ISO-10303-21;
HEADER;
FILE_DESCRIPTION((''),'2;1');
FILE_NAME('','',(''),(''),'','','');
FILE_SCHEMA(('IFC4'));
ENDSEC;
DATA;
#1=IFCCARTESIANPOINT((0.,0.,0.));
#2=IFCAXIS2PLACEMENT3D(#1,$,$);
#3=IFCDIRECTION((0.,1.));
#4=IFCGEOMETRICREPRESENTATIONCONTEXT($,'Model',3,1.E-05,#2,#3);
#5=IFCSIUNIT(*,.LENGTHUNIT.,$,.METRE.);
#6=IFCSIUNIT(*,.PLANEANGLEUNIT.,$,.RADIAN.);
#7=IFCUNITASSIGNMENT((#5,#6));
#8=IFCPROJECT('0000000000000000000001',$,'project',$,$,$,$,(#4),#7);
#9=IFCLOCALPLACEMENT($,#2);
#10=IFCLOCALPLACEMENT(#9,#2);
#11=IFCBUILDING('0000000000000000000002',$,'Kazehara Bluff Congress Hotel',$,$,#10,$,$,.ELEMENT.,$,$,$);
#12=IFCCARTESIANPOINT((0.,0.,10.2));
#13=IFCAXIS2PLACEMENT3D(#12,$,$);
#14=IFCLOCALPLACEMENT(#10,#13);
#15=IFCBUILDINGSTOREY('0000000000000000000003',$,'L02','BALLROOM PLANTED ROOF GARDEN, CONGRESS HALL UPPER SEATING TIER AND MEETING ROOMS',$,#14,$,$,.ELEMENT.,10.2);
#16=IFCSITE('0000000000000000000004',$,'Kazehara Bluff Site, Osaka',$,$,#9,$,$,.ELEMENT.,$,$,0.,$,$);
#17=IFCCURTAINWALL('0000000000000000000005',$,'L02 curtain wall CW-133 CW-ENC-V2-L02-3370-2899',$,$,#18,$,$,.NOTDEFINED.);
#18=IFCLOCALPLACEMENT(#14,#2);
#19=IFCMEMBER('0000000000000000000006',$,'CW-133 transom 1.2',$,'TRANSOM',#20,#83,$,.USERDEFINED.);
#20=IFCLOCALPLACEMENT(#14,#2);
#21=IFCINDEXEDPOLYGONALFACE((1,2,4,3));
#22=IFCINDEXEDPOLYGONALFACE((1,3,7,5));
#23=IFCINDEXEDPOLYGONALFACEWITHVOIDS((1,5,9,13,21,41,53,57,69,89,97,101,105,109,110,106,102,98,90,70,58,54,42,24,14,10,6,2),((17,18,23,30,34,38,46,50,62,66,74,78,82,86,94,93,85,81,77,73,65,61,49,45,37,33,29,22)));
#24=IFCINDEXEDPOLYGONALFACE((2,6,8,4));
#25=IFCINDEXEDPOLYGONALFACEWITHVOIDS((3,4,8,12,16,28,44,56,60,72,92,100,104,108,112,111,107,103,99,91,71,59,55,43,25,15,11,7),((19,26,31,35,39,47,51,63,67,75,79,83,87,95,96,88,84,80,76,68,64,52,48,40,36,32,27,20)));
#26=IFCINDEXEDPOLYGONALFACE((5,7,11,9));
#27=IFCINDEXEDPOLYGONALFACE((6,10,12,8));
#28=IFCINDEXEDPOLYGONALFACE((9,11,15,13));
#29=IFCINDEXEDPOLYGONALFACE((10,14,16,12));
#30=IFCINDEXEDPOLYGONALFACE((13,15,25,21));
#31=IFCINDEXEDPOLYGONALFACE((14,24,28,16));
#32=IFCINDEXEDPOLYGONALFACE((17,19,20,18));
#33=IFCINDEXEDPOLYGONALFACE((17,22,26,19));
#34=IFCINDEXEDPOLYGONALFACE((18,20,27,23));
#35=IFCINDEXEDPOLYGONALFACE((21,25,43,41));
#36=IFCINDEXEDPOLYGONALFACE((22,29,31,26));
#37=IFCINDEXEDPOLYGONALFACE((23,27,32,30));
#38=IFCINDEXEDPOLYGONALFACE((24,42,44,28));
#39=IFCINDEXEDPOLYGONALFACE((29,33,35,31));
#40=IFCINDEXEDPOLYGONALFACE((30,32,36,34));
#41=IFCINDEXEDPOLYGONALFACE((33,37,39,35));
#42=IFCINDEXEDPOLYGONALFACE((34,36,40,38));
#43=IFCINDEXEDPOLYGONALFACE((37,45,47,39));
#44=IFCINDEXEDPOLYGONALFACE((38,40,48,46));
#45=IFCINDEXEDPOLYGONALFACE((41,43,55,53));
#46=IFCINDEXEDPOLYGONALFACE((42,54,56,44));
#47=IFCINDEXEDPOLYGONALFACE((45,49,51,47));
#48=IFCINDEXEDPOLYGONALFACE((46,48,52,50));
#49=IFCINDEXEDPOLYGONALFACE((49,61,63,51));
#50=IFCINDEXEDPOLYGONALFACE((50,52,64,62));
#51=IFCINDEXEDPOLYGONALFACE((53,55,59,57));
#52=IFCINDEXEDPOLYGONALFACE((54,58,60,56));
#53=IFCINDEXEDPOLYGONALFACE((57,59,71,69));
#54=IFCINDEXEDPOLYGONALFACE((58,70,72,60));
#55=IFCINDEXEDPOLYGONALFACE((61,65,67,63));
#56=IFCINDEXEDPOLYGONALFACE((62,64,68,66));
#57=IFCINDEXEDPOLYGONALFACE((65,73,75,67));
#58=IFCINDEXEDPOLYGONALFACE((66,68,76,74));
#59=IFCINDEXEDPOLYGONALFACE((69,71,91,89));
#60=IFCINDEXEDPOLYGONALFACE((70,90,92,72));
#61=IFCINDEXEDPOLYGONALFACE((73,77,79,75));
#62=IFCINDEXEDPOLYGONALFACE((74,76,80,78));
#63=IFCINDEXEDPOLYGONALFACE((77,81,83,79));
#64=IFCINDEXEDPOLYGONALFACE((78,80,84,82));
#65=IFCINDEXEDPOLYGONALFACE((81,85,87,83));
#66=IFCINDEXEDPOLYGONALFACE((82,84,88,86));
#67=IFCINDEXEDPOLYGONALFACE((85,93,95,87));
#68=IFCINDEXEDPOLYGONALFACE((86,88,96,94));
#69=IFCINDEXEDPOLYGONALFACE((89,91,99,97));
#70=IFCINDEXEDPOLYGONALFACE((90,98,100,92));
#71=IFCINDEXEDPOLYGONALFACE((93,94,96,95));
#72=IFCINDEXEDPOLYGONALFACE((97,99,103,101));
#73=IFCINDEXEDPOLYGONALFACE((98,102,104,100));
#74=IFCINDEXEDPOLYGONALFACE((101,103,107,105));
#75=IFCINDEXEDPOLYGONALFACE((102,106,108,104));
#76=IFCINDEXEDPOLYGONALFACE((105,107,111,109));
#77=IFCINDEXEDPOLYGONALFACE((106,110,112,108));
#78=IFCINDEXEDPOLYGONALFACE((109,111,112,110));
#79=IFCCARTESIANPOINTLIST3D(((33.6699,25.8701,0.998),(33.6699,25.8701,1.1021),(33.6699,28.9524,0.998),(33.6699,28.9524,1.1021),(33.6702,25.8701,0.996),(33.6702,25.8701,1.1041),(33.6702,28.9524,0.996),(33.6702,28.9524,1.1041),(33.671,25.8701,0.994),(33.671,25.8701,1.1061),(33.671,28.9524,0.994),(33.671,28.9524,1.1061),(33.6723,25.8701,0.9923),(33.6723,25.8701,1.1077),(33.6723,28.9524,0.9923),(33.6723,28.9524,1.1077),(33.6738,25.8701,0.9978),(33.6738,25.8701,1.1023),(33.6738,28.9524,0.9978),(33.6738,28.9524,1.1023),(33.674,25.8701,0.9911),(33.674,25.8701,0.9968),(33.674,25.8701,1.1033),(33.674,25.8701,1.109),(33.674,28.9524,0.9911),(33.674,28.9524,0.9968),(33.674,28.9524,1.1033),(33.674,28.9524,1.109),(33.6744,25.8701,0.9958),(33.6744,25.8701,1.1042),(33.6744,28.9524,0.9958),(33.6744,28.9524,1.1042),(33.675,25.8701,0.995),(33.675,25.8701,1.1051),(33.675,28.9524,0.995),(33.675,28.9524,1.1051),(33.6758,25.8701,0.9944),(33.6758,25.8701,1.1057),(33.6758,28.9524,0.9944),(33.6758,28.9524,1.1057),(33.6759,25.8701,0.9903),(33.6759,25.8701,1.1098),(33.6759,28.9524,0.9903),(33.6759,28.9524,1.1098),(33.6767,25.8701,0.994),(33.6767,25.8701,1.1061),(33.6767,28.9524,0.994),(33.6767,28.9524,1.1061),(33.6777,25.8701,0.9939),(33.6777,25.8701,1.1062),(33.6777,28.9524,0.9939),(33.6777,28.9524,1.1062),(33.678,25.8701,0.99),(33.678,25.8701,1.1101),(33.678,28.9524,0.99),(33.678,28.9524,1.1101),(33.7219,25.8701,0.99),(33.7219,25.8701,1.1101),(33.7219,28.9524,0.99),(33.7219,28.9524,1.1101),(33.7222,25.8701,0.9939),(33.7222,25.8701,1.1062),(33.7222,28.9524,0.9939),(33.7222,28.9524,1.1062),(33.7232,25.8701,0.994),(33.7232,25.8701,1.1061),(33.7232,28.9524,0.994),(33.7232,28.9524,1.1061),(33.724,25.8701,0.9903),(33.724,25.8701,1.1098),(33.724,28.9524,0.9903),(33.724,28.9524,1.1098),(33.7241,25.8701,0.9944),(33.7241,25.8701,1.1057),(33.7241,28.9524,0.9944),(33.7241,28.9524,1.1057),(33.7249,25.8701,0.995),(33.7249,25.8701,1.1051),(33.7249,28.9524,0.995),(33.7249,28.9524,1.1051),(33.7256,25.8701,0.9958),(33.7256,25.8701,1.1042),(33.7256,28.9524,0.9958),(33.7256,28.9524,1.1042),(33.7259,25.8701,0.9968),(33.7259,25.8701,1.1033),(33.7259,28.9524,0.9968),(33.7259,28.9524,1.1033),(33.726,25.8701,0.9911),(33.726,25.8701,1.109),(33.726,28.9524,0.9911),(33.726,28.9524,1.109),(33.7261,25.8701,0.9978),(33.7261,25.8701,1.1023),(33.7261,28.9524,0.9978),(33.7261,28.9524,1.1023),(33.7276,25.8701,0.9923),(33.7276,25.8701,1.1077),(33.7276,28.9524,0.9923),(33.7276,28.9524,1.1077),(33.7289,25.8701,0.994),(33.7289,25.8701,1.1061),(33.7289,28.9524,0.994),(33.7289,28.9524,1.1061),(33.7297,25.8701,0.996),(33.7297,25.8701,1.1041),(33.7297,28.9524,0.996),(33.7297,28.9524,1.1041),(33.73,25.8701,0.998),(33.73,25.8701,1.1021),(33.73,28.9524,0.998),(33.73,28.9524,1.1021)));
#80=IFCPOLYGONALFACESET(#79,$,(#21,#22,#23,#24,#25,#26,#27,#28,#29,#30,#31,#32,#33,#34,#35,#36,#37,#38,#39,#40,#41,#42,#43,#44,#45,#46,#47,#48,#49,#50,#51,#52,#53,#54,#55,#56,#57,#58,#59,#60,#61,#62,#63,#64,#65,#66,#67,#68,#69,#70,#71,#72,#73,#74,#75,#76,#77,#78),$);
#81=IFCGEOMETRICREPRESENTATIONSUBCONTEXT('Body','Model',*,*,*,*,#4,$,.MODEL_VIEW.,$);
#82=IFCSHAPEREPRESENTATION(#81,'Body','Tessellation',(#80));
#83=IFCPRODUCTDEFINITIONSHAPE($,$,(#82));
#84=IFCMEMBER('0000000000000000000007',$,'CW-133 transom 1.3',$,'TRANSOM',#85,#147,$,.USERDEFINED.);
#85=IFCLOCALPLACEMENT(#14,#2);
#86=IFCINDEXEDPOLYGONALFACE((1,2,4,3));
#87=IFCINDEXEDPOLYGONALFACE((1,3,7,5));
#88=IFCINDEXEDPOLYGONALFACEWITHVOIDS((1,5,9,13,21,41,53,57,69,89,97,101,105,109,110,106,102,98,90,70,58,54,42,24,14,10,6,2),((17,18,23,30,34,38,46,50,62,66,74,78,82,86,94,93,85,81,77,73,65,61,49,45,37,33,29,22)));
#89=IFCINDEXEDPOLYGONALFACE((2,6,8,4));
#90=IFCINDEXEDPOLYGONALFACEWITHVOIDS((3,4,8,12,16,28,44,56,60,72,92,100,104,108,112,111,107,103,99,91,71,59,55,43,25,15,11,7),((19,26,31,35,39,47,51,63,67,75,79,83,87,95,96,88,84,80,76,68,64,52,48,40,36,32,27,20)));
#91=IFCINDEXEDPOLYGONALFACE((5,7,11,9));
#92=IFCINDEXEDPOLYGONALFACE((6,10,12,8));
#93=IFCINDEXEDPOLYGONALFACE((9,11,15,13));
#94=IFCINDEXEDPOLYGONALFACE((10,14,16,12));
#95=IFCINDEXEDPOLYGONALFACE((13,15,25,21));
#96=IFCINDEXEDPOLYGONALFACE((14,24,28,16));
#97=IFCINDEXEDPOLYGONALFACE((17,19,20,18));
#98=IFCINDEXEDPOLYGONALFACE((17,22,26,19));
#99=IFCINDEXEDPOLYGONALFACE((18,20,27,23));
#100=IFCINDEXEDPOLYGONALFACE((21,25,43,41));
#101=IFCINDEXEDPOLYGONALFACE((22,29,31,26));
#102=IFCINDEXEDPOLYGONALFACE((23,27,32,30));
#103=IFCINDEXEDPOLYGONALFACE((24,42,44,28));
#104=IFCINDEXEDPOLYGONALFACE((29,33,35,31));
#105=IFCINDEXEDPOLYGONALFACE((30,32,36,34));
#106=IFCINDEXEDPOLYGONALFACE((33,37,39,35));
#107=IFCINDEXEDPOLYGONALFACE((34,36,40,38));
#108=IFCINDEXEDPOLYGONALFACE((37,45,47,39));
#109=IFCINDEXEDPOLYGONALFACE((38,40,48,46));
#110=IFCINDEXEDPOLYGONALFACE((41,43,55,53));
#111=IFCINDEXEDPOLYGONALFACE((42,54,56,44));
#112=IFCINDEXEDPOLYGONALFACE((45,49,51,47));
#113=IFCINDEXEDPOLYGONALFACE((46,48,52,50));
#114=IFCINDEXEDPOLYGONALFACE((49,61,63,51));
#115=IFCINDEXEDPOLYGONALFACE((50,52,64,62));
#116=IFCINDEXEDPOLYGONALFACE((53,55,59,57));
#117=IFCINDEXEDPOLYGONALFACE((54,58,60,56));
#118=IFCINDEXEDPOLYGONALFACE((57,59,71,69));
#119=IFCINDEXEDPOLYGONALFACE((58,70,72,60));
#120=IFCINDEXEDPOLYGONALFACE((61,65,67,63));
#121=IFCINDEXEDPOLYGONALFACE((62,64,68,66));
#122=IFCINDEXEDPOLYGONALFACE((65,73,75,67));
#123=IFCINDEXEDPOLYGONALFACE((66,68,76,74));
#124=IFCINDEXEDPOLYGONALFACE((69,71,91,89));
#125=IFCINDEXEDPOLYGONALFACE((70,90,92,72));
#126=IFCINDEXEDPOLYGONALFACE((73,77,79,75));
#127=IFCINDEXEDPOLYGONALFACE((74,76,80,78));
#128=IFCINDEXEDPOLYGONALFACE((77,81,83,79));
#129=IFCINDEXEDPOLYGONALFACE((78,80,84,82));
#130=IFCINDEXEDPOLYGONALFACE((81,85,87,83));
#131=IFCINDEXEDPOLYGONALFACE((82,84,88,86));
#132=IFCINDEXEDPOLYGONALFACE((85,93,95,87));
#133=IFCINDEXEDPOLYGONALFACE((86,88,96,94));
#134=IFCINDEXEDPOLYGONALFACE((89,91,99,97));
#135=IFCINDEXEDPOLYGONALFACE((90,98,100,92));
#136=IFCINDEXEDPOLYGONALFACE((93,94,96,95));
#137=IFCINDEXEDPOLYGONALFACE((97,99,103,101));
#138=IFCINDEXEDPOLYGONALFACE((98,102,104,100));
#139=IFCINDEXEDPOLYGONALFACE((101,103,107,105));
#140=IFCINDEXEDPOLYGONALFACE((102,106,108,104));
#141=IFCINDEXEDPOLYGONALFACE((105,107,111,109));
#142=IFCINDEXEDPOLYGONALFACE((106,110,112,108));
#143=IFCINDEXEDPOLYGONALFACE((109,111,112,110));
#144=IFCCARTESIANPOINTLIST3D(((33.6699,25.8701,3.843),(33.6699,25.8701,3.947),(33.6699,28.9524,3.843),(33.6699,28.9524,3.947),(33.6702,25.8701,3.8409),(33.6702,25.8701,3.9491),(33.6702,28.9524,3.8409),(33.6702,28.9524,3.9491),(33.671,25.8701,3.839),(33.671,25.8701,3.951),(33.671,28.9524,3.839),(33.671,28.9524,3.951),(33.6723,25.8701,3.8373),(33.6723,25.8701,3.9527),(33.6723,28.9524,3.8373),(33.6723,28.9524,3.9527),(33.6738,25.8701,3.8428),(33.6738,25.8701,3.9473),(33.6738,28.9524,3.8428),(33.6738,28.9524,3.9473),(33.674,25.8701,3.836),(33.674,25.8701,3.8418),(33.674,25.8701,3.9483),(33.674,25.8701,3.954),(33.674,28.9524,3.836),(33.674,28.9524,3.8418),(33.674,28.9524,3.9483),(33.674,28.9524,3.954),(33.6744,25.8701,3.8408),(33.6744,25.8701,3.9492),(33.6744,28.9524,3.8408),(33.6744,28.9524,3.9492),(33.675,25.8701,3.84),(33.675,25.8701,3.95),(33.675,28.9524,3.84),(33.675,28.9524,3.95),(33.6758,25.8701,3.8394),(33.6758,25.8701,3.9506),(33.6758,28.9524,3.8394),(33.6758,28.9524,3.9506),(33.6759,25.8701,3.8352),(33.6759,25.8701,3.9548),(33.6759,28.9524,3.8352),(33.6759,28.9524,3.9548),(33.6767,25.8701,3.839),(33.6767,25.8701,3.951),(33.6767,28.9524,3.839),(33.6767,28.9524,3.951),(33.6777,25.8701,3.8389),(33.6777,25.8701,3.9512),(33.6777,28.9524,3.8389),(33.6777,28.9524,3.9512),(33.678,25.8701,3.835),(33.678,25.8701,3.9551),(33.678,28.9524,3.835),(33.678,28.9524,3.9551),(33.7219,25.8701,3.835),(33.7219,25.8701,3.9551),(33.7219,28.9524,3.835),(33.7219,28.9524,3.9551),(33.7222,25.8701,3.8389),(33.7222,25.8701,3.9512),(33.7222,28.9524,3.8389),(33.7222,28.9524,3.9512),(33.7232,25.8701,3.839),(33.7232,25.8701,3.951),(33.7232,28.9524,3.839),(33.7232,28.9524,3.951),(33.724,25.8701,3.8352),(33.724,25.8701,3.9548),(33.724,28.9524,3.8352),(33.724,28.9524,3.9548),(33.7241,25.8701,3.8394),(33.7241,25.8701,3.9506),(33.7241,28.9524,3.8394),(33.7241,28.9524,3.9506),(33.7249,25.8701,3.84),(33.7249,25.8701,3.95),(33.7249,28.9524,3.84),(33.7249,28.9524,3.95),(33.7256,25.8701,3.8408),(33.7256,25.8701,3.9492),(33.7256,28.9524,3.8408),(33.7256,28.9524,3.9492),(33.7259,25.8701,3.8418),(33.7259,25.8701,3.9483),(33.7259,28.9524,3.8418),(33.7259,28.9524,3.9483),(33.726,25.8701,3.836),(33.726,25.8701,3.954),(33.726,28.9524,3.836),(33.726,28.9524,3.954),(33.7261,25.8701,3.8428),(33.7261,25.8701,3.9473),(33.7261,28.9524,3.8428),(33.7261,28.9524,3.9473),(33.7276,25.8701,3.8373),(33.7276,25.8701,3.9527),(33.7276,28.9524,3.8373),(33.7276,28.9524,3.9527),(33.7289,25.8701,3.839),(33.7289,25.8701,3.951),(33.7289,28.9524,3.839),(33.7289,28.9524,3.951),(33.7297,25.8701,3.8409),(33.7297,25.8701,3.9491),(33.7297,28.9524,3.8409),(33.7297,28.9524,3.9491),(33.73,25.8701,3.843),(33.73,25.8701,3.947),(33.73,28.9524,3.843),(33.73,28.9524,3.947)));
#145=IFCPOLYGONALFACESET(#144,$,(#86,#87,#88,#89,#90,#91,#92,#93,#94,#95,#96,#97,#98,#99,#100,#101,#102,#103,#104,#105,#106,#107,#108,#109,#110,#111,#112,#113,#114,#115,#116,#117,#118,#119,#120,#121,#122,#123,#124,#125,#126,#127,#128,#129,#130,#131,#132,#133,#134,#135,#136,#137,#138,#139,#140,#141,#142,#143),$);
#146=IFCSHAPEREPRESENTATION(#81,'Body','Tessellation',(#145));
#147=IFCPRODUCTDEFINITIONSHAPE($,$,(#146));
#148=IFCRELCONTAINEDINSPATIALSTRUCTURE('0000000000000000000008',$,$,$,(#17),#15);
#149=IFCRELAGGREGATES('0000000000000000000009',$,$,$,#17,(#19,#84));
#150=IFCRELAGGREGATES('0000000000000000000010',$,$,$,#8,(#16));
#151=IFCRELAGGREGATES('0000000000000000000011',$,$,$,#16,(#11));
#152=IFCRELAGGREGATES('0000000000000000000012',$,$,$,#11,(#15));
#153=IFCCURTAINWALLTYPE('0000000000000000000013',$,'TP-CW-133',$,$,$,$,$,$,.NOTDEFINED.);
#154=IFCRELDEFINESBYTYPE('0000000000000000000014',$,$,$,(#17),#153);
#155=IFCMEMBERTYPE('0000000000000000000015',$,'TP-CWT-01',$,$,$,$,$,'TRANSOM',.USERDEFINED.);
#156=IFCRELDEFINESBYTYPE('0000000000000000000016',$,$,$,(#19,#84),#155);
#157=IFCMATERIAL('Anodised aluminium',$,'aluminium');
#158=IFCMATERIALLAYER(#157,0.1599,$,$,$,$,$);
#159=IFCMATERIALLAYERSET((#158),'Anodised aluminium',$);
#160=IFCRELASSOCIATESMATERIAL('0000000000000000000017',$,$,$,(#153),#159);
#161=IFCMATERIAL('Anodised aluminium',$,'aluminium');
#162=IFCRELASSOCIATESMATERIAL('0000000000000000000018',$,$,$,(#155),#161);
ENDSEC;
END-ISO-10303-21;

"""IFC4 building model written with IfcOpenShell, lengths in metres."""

from ifc_helpers import new_model, si_unit, direction, frame, origin, origin_2d, place, context, subcontext, project, spatial, hollow_rectangle, extrude, material, layer, layer_set, material_profile, profile_set, type_object, element, aggregate, save


model = new_model("IFC4")

# Units and contexts
model_context = context("Model", 3, precision=1e-05, world=origin(), true_north=direction((0.0, 1.0)))
body_context = subcontext(model_context, "Body", "Model", "MODEL_VIEW")
ifc_project = project(units=[si_unit("LENGTHUNIT", "METRE"), si_unit("PLANEANGLEUNIT", "RADIAN")], contexts=[model_context])

# Site, building, storey
site_placement = place(None, origin())
site = spatial("IfcSite", under=ifc_project, at=site_placement, Name="Kazehara Bluff Site, Osaka", CompositionType="ELEMENT", RefElevation=0.0)
building_placement = place(site_placement, origin())
building = spatial("IfcBuilding", under=site, at=building_placement, Name="Kazehara Bluff Congress Hotel", CompositionType="ELEMENT")
storey_placement = place(building_placement, frame((0.0, 0.0, 10.2)))
storey = spatial("IfcBuildingStorey", under=building, at=storey_placement, Name="L02", Description="BALLROOM PLANTED ROOF GARDEN, CONGRESS HALL UPPER SEATING TIER AND MEETING ROOMS", CompositionType="ELEMENT", Elevation=10.2)

# Curtain wall
ifc_material_1 = material(Name="Anodised aluminium", Category="aluminium")
ifc_layer_1 = layer(ifc_material_1, 0.1599)
ifc_layer_set_1 = layer_set([ifc_layer_1], Name="Anodised aluminium")
curtain_wall_type_1 = type_object("IfcCurtainWallType", Name="TP-CW-133", PredefinedType="NOTDEFINED", material=ifc_layer_set_1)
curtain_wall_1_placement = place(storey_placement, origin())
curtain_wall_1 = element("IfcCurtainWall", 1, at=curtain_wall_1_placement, inside=storey, type_object=curtain_wall_type_1, Name="L02 curtain wall CW-133 CW-ENC-V2-L02-3370-2899", PredefinedType="NOTDEFINED")

# Members
ifc_material_2 = material(Name="Anodised aluminium", Category="aluminium")
ifc_material_profile_1 = material_profile(ifc_material_2, hollow_rectangle(XDim=0.0601, YDim=0.1201, WallThickness=0.0039, InnerFilletRadius=0.0039, OuterFilletRadius=0.0081, at=origin_2d()))
ifc_profile_set_1 = profile_set([ifc_material_profile_1], Name="Anodised aluminium")
member_type_1 = type_object("IfcMemberType", Name="TP-CWT-01", ElementType="TRANSOM", PredefinedType="USERDEFINED", material=ifc_profile_set_1)
member_1_placement = place(storey_placement, frame((33.7, 25.8701, 1.05), z_axis=(0.0, 1.0, 0.0), x_axis=(-1.0, 0.0, 0.0)))
member_1 = element("IfcMember", 2, at=member_1_placement, type_object=member_type_1, Name="CW-133 transom 1.2", ObjectType="TRANSOM", PredefinedType="USERDEFINED", context=body_context, shape_type="SweptSolid", body=[
    extrude(hollow_rectangle(XDim=0.0601, YDim=0.1201, WallThickness=0.0039, InnerFilletRadius=0.0039, OuterFilletRadius=0.0081, at=origin_2d()), origin(), (0.0, 0.0, 1.0), 3.0823),
])
member_2_placement = place(storey_placement, frame((33.7, 25.8701, 3.895), z_axis=(0.0, 1.0, 0.0), x_axis=(-1.0, 0.0, 0.0)))
member_2 = element("IfcMember", 3, at=member_2_placement, type_object=member_type_1, Name="CW-133 transom 1.3", ObjectType="TRANSOM", PredefinedType="USERDEFINED", context=body_context, shape_type="SweptSolid", body=[
    extrude(hollow_rectangle(XDim=0.0601, YDim=0.1201, WallThickness=0.0039, InnerFilletRadius=0.0039, OuterFilletRadius=0.0081, at=origin_2d()), origin(), (0.0, 0.0, 1.0), 3.0823),
])
aggregate(curtain_wall_1, [member_1, member_2])

save(model, "model.ifc")
